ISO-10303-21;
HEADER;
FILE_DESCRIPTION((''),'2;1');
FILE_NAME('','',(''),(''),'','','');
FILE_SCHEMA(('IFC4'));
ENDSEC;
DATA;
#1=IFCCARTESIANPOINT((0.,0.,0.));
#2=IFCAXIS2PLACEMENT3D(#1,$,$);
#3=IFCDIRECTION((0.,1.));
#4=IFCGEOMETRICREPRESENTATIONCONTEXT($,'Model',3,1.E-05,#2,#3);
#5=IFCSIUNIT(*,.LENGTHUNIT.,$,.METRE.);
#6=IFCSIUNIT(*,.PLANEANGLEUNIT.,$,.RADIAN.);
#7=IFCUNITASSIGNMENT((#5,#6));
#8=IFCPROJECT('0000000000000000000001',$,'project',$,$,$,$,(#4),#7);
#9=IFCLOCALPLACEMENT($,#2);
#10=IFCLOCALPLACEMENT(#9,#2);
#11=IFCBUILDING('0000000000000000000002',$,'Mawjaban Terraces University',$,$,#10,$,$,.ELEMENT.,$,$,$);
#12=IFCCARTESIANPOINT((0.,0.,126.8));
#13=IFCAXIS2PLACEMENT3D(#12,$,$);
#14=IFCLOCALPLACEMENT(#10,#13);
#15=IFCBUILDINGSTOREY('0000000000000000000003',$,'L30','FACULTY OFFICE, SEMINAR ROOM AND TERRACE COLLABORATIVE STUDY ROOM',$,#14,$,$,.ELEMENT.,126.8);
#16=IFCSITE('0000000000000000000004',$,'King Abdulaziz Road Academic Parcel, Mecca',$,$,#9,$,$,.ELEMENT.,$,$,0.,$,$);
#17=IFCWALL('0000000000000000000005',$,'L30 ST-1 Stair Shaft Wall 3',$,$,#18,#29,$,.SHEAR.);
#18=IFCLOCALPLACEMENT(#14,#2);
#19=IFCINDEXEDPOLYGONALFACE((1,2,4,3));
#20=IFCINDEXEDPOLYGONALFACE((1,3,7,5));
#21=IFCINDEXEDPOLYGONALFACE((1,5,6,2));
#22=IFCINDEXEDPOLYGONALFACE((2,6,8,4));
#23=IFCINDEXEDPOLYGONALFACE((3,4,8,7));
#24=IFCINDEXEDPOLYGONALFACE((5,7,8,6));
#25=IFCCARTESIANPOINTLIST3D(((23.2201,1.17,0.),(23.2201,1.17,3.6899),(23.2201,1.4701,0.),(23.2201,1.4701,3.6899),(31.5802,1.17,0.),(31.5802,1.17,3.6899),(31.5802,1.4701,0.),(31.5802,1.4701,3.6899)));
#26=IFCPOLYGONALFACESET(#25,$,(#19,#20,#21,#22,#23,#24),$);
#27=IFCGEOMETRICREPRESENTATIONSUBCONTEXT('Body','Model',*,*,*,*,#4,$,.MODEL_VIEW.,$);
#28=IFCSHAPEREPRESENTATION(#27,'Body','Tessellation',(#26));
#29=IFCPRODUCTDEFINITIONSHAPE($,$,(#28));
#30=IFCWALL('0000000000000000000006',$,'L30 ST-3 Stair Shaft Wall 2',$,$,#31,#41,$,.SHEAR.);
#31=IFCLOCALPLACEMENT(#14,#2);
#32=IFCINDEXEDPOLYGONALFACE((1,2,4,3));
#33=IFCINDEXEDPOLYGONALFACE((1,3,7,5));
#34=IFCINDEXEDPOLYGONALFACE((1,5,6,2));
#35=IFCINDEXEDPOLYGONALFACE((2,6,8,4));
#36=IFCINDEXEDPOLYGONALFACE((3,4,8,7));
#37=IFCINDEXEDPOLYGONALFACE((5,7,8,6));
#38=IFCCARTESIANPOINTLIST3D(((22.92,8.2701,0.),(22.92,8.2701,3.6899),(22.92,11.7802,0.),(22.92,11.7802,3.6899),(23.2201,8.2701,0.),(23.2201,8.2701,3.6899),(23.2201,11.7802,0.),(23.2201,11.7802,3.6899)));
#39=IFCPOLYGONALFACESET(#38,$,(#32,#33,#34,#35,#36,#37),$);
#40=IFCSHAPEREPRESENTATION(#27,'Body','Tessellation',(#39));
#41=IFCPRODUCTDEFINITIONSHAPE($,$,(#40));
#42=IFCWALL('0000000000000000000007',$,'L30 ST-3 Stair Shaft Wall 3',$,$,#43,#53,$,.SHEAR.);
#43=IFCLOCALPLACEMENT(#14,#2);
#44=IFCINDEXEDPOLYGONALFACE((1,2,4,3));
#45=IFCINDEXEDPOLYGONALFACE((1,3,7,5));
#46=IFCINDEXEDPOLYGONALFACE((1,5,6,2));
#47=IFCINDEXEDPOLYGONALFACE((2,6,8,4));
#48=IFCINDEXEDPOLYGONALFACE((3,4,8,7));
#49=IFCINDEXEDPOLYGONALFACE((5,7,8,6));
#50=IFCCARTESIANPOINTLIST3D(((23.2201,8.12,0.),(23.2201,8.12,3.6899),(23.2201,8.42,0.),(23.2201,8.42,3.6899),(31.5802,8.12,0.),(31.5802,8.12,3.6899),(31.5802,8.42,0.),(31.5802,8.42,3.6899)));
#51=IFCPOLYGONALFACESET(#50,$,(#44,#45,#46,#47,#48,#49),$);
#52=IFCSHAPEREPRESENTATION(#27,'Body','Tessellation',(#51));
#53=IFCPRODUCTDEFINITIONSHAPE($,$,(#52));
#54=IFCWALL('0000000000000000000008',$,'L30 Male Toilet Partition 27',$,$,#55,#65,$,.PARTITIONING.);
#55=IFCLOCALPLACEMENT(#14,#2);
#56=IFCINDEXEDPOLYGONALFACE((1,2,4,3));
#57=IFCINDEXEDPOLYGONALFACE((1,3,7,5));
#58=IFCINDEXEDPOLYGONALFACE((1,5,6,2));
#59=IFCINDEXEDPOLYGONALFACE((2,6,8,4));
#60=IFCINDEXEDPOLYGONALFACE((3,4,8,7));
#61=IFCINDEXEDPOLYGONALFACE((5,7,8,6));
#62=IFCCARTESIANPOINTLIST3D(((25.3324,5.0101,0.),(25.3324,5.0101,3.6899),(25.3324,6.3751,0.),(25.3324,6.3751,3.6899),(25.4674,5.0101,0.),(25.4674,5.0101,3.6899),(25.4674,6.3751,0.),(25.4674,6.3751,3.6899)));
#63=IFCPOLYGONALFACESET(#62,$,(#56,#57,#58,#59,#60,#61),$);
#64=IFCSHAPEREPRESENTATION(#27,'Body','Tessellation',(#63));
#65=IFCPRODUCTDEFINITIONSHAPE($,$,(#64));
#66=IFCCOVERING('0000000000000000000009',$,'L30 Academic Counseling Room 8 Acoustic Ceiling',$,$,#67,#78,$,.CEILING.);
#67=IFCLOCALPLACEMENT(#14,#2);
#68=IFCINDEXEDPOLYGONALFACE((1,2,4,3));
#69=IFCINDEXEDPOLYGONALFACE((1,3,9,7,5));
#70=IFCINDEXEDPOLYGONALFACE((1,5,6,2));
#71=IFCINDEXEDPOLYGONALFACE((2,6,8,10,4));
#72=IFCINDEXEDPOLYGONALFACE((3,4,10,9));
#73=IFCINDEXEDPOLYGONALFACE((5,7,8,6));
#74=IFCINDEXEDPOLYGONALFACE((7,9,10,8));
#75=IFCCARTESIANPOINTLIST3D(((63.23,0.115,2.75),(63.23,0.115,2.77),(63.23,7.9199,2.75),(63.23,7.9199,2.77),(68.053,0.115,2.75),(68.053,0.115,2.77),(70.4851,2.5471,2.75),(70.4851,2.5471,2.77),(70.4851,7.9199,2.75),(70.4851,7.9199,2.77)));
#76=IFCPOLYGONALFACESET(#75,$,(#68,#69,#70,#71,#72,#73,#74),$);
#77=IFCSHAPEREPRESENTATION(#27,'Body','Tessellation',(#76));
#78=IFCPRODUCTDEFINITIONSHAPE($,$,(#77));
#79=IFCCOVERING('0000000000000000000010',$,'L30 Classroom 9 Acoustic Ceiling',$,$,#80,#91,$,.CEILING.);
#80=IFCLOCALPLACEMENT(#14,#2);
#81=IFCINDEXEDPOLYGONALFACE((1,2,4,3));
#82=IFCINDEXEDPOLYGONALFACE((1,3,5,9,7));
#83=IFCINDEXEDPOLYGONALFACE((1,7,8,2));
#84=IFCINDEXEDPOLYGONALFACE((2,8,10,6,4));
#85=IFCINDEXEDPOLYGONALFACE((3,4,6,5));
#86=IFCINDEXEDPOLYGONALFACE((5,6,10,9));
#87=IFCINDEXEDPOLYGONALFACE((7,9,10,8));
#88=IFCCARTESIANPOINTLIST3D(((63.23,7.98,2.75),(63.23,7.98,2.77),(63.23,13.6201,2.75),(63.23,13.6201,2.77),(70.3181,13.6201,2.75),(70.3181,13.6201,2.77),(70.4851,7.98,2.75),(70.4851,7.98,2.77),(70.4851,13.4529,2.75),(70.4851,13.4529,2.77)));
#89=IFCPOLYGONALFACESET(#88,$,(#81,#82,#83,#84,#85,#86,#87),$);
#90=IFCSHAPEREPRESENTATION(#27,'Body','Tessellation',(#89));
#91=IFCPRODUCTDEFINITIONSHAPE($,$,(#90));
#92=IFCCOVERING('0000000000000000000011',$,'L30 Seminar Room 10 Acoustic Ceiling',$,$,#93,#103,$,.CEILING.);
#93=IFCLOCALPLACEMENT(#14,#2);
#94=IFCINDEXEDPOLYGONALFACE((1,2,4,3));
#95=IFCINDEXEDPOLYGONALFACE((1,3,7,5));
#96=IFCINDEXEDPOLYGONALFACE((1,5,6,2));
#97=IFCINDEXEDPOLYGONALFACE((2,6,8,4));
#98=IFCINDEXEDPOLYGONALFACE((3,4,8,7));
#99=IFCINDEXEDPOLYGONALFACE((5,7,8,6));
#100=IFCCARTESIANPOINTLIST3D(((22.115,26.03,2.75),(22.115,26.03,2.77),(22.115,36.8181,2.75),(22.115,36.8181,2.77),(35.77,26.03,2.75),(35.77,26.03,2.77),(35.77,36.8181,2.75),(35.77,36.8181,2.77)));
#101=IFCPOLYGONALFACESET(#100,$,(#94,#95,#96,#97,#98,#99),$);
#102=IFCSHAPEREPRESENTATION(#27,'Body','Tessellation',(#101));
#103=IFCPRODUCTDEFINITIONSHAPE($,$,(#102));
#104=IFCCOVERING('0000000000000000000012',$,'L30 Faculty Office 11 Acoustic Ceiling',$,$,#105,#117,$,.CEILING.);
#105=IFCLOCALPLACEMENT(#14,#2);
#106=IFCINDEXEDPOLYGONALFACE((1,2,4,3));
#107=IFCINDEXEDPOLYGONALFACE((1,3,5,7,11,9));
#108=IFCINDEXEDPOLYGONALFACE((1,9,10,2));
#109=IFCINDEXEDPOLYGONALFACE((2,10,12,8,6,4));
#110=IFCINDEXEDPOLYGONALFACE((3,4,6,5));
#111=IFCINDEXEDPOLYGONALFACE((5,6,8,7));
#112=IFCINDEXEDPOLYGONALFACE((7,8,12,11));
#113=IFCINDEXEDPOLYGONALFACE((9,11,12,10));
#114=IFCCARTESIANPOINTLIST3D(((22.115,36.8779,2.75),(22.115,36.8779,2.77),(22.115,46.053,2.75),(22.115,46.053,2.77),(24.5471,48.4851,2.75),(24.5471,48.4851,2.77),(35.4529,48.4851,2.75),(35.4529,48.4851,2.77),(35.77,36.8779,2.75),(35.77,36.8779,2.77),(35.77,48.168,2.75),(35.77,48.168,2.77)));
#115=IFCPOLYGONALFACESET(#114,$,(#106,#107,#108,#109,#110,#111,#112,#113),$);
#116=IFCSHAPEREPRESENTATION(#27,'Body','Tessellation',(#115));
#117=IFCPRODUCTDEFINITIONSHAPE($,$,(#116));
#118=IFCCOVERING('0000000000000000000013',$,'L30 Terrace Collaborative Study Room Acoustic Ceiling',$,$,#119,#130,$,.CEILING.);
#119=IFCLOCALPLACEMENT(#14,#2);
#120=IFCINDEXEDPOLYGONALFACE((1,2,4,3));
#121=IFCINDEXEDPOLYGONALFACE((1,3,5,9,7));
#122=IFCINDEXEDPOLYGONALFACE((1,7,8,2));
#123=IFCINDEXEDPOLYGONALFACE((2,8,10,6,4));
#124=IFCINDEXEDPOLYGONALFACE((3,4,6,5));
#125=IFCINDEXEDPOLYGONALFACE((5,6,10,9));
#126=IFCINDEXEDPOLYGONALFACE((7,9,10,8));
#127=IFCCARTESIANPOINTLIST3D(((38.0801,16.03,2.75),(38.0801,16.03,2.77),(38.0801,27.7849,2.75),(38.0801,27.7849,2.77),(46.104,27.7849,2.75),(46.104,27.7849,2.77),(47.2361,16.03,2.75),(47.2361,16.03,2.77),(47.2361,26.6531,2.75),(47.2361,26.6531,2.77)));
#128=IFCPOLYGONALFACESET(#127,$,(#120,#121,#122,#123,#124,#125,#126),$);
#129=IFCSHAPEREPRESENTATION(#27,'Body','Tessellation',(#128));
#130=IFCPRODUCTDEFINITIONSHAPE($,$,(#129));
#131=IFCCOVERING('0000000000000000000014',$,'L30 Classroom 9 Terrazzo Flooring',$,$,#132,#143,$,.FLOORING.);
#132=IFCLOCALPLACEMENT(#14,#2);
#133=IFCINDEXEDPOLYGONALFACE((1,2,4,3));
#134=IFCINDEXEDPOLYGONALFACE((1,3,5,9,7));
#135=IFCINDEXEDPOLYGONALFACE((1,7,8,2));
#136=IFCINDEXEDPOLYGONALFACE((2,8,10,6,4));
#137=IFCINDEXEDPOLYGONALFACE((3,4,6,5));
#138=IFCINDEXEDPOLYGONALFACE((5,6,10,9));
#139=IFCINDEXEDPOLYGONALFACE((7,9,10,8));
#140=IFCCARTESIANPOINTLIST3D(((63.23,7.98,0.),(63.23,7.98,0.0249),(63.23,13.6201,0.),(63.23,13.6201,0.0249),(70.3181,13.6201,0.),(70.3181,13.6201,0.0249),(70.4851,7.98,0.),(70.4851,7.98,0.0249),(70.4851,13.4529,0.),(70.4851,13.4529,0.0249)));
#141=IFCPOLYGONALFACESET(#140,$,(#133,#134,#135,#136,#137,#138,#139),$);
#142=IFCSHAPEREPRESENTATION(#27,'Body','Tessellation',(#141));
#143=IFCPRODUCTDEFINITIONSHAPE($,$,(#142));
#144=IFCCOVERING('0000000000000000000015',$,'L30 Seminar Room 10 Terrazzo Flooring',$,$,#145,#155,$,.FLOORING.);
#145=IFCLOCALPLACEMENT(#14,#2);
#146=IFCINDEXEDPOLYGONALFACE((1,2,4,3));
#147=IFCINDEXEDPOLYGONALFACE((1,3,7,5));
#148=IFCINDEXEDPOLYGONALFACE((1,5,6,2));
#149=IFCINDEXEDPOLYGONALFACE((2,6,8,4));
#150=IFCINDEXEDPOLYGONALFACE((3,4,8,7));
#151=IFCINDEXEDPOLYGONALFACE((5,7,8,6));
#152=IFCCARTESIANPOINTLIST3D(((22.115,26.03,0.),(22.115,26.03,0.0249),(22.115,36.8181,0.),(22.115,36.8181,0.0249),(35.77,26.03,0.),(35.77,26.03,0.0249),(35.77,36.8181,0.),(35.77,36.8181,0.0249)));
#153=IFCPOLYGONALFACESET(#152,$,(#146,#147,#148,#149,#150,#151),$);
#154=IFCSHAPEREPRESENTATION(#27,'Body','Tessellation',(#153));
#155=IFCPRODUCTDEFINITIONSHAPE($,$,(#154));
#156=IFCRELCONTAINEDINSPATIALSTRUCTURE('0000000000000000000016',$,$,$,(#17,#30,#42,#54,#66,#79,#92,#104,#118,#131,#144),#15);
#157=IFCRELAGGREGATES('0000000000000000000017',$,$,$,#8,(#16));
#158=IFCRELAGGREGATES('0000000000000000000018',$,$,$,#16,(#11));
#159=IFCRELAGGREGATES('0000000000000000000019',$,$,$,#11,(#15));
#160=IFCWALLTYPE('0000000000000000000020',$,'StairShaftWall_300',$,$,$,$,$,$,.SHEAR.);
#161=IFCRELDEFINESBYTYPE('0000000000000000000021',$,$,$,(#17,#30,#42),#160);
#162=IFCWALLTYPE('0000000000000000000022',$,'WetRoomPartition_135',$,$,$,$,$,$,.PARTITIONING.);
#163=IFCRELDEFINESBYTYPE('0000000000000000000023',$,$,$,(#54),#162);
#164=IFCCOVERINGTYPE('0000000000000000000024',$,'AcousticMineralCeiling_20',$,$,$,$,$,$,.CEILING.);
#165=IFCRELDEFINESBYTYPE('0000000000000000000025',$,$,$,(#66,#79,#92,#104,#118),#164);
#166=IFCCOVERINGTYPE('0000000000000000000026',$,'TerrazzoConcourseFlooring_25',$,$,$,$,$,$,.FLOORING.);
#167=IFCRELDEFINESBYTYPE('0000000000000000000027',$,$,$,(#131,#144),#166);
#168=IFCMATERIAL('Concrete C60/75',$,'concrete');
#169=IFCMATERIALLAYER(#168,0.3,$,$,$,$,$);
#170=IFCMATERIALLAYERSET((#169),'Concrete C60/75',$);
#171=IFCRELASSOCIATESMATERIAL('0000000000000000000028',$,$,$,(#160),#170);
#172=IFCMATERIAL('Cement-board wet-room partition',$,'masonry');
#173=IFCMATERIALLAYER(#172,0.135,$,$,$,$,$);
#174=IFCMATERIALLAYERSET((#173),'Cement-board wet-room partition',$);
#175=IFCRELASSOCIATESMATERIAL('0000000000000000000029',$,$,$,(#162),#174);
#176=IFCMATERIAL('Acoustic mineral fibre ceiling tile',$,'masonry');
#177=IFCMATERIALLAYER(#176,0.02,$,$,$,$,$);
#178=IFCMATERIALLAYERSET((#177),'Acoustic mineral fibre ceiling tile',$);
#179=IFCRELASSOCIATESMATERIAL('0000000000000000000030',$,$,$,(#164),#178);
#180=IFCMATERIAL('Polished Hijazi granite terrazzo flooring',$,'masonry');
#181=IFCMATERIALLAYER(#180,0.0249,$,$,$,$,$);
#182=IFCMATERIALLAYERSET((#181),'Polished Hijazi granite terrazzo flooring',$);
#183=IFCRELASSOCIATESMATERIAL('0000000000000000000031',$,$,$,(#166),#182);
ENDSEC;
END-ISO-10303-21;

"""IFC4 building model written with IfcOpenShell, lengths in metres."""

from ifc_helpers import new_model, si_unit, direction, frame, frame_2d, origin, place, context, subcontext, project, spatial, polyline, rectangle, outline, extrude, material, layer, layer_set, type_object, element, save


model = new_model("IFC4")

# Units and contexts
model_context = context("Model", 3, precision=1e-05, world=origin(), true_north=direction((0.0, 1.0)))
body_context = subcontext(model_context, "Body", "Model", "MODEL_VIEW")
ifc_project = project(units=[si_unit("LENGTHUNIT", "METRE"), si_unit("PLANEANGLEUNIT", "RADIAN")], contexts=[model_context])

# Site, building, storey
site_placement = place(None, origin())
site = spatial("IfcSite", under=ifc_project, at=site_placement, Name="King Abdulaziz Road Academic Parcel, Mecca", CompositionType="ELEMENT", RefElevation=0.0)
building_placement = place(site_placement, origin())
building = spatial("IfcBuilding", under=site, at=building_placement, Name="Mawjaban Terraces University", CompositionType="ELEMENT")
storey_placement = place(building_placement, frame((0.0, 0.0, 126.8)))
storey = spatial("IfcBuildingStorey", under=building, at=storey_placement, Name="L30", Description="FACULTY OFFICE, SEMINAR ROOM AND TERRACE COLLABORATIVE STUDY ROOM", CompositionType="ELEMENT", Elevation=126.8)

# Shared definitions
ifc_material_1 = material(Name="Concrete C60/75", Category="concrete")

# Walls
ifc_layer_1 = layer(ifc_material_1, 0.3)
ifc_layer_set_1 = layer_set([ifc_layer_1], Name="Concrete C60/75")
wall_type_1 = type_object("IfcWallType", Name="StairShaftWall_300", PredefinedType="SHEAR", material=ifc_layer_set_1)
wall_1_placement = place(storey_placement, frame((23.22, 1.3201, 0.0), z_axis=(0.0, 0.0, 1.0), x_axis=(1.0, 0.0, 0.0)))
element("IfcWall", 1, at=wall_1_placement, inside=storey, type_object=wall_type_1, Name="L30 ST-1 Stair Shaft Wall 3", PredefinedType="SHEAR", context=body_context, shape_type="SweptSolid", body=[
    extrude(rectangle(XDim=8.3601, YDim=0.3, at=frame_2d((4.1802, 0.0))), origin(), (0.0, 0.0, 1.0), 3.6899),
])
wall_2_placement = place(storey_placement, frame((23.0701, 11.78, 0.0), z_axis=(0.0, 0.0, 1.0), x_axis=(0.0, -1.0, 0.0)))
element("IfcWall", 2, at=wall_2_placement, inside=storey, type_object=wall_type_1, Name="L30 ST-3 Stair Shaft Wall 2", PredefinedType="SHEAR", context=body_context, shape_type="SweptSolid", body=[
    extrude(rectangle(XDim=3.51, YDim=0.3, at=frame_2d((1.7549, 0.0))), origin(), (0.0, 0.0, 1.0), 3.6899),
])
wall_3_placement = place(storey_placement, frame((23.22, 8.27, 0.0), z_axis=(0.0, 0.0, 1.0), x_axis=(1.0, 0.0, 0.0)))
element("IfcWall", 3, at=wall_3_placement, inside=storey, type_object=wall_type_1, Name="L30 ST-3 Stair Shaft Wall 3", PredefinedType="SHEAR", context=body_context, shape_type="SweptSolid", body=[
    extrude(rectangle(XDim=8.3601, YDim=0.3, at=frame_2d((4.1802, 0.0))), origin(), (0.0, 0.0, 1.0), 3.6899),
])
ifc_material_2 = material(Name="Cement-board wet-room partition", Category="masonry")
ifc_layer_2 = layer(ifc_material_2, 0.135)
ifc_layer_set_2 = layer_set([ifc_layer_2], Name="Cement-board wet-room partition")
wall_type_2 = type_object("IfcWallType", Name="WetRoomPartition_135", PredefinedType="PARTITIONING", material=ifc_layer_set_2)
wall_4_placement = place(storey_placement, frame((25.3999, 5.01, 0.0), z_axis=(0.0, 0.0, 1.0), x_axis=(0.0, 1.0, 0.0)))
element("IfcWall", 4, at=wall_4_placement, inside=storey, type_object=wall_type_2, Name="L30 Male Toilet Partition 27", PredefinedType="PARTITIONING", context=body_context, shape_type="SweptSolid", body=[
    extrude(rectangle(XDim=1.365, YDim=0.135, at=frame_2d((0.6826, 0.0))), origin(), (0.0, 0.0, 1.0), 3.6899),
])

# Coverings
ifc_material_3 = material(Name="Acoustic mineral fibre ceiling tile", Category="masonry")
ifc_layer_3 = layer(ifc_material_3, 0.02)
ifc_layer_set_3 = layer_set([ifc_layer_3], Name="Acoustic mineral fibre ceiling tile")
covering_type_1 = type_object("IfcCoveringType", Name="AcousticMineralCeiling_20", PredefinedType="CEILING", material=ifc_layer_set_3)
covering_1_placement = place(storey_placement, frame((0.0, 0.0, 2.75)))
element("IfcCovering", 5, at=covering_1_placement, inside=storey, type_object=covering_type_1, Name="L30 Academic Counseling Room 8 Acoustic Ceiling", PredefinedType="CEILING", context=body_context, shape_type="SweptSolid", body=[
    extrude(outline(polyline([(63.23, 0.115), (68.053, 0.115), (70.4851, 2.5471), (70.4851, 7.9199), (63.23, 7.9199), (63.23, 0.115)])), origin(), (0.0, 0.0, 1.0), 0.02),
])
covering_2_placement = place(storey_placement, frame((0.0, 0.0, 2.75)))
element("IfcCovering", 6, at=covering_2_placement, inside=storey, type_object=covering_type_1, Name="L30 Classroom 9 Acoustic Ceiling", PredefinedType="CEILING", context=body_context, shape_type="SweptSolid", body=[
    extrude(outline(polyline([(70.4851, 7.98), (70.4851, 13.4529), (70.3181, 13.6201), (63.23, 13.6201), (63.23, 7.98), (70.4851, 7.98)])), origin(), (0.0, 0.0, 1.0), 0.02),
])
covering_3_placement = place(storey_placement, frame((0.0, 0.0, 2.75)))
element("IfcCovering", 7, at=covering_3_placement, inside=storey, type_object=covering_type_1, Name="L30 Seminar Room 10 Acoustic Ceiling", PredefinedType="CEILING", context=body_context, shape_type="SweptSolid", body=[
    extrude(outline(polyline([(22.115, 36.8181), (22.115, 26.03), (35.77, 26.03), (35.77, 36.8181), (22.115, 36.8181)])), origin(), (0.0, 0.0, 1.0), 0.02),
])
covering_4_placement = place(storey_placement, frame((0.0, 0.0, 2.75)))
element("IfcCovering", 8, at=covering_4_placement, inside=storey, type_object=covering_type_1, Name="L30 Faculty Office 11 Acoustic Ceiling", PredefinedType="CEILING", context=body_context, shape_type="SweptSolid", body=[
    extrude(outline(polyline([(35.77, 48.168), (35.4529, 48.4851), (24.5471, 48.4851), (22.115, 46.053), (22.115, 36.8779), (35.77, 36.8779), (35.77, 48.168)])), origin(), (0.0, 0.0, 1.0), 0.02),
])
covering_5_placement = place(storey_placement, frame((0.0, 0.0, 2.75)))
element("IfcCovering", 9, at=covering_5_placement, inside=storey, type_object=covering_type_1, Name="L30 Terrace Collaborative Study Room Acoustic Ceiling", PredefinedType="CEILING", context=body_context, shape_type="SweptSolid", body=[
    extrude(outline(polyline([(47.2361, 16.03), (47.2361, 26.6531), (46.104, 27.7849), (38.0801, 27.7849), (38.0801, 16.03), (47.2361, 16.03)])), origin(), (0.0, 0.0, 1.0), 0.02),
])
ifc_material_4 = material(Name="Polished Hijazi granite terrazzo flooring", Category="masonry")
ifc_layer_4 = layer(ifc_material_4, 0.0249)
ifc_layer_set_4 = layer_set([ifc_layer_4], Name="Polished Hijazi granite terrazzo flooring")
covering_type_2 = type_object("IfcCoveringType", Name="TerrazzoConcourseFlooring_25", PredefinedType="FLOORING", material=ifc_layer_set_4)
covering_6_placement = place(storey_placement, origin())
element("IfcCovering", 10, at=covering_6_placement, inside=storey, type_object=covering_type_2, Name="L30 Classroom 9 Terrazzo Flooring", PredefinedType="FLOORING", context=body_context, shape_type="SweptSolid", body=[
    extrude(outline(polyline([(70.4851, 7.98), (70.4851, 13.4529), (70.3181, 13.6201), (63.23, 13.6201), (63.23, 7.98), (70.4851, 7.98)])), origin(), (0.0, 0.0, 1.0), 0.0249),
])
covering_7_placement = place(storey_placement, origin())
element("IfcCovering", 11, at=covering_7_placement, inside=storey, type_object=covering_type_2, Name="L30 Seminar Room 10 Terrazzo Flooring", PredefinedType="FLOORING", context=body_context, shape_type="SweptSolid", body=[
    extrude(outline(polyline([(22.115, 36.8181), (22.115, 26.03), (35.77, 26.03), (35.77, 36.8181), (22.115, 36.8181)])), origin(), (0.0, 0.0, 1.0), 0.0249),
])

save(model, "model.ifc")
